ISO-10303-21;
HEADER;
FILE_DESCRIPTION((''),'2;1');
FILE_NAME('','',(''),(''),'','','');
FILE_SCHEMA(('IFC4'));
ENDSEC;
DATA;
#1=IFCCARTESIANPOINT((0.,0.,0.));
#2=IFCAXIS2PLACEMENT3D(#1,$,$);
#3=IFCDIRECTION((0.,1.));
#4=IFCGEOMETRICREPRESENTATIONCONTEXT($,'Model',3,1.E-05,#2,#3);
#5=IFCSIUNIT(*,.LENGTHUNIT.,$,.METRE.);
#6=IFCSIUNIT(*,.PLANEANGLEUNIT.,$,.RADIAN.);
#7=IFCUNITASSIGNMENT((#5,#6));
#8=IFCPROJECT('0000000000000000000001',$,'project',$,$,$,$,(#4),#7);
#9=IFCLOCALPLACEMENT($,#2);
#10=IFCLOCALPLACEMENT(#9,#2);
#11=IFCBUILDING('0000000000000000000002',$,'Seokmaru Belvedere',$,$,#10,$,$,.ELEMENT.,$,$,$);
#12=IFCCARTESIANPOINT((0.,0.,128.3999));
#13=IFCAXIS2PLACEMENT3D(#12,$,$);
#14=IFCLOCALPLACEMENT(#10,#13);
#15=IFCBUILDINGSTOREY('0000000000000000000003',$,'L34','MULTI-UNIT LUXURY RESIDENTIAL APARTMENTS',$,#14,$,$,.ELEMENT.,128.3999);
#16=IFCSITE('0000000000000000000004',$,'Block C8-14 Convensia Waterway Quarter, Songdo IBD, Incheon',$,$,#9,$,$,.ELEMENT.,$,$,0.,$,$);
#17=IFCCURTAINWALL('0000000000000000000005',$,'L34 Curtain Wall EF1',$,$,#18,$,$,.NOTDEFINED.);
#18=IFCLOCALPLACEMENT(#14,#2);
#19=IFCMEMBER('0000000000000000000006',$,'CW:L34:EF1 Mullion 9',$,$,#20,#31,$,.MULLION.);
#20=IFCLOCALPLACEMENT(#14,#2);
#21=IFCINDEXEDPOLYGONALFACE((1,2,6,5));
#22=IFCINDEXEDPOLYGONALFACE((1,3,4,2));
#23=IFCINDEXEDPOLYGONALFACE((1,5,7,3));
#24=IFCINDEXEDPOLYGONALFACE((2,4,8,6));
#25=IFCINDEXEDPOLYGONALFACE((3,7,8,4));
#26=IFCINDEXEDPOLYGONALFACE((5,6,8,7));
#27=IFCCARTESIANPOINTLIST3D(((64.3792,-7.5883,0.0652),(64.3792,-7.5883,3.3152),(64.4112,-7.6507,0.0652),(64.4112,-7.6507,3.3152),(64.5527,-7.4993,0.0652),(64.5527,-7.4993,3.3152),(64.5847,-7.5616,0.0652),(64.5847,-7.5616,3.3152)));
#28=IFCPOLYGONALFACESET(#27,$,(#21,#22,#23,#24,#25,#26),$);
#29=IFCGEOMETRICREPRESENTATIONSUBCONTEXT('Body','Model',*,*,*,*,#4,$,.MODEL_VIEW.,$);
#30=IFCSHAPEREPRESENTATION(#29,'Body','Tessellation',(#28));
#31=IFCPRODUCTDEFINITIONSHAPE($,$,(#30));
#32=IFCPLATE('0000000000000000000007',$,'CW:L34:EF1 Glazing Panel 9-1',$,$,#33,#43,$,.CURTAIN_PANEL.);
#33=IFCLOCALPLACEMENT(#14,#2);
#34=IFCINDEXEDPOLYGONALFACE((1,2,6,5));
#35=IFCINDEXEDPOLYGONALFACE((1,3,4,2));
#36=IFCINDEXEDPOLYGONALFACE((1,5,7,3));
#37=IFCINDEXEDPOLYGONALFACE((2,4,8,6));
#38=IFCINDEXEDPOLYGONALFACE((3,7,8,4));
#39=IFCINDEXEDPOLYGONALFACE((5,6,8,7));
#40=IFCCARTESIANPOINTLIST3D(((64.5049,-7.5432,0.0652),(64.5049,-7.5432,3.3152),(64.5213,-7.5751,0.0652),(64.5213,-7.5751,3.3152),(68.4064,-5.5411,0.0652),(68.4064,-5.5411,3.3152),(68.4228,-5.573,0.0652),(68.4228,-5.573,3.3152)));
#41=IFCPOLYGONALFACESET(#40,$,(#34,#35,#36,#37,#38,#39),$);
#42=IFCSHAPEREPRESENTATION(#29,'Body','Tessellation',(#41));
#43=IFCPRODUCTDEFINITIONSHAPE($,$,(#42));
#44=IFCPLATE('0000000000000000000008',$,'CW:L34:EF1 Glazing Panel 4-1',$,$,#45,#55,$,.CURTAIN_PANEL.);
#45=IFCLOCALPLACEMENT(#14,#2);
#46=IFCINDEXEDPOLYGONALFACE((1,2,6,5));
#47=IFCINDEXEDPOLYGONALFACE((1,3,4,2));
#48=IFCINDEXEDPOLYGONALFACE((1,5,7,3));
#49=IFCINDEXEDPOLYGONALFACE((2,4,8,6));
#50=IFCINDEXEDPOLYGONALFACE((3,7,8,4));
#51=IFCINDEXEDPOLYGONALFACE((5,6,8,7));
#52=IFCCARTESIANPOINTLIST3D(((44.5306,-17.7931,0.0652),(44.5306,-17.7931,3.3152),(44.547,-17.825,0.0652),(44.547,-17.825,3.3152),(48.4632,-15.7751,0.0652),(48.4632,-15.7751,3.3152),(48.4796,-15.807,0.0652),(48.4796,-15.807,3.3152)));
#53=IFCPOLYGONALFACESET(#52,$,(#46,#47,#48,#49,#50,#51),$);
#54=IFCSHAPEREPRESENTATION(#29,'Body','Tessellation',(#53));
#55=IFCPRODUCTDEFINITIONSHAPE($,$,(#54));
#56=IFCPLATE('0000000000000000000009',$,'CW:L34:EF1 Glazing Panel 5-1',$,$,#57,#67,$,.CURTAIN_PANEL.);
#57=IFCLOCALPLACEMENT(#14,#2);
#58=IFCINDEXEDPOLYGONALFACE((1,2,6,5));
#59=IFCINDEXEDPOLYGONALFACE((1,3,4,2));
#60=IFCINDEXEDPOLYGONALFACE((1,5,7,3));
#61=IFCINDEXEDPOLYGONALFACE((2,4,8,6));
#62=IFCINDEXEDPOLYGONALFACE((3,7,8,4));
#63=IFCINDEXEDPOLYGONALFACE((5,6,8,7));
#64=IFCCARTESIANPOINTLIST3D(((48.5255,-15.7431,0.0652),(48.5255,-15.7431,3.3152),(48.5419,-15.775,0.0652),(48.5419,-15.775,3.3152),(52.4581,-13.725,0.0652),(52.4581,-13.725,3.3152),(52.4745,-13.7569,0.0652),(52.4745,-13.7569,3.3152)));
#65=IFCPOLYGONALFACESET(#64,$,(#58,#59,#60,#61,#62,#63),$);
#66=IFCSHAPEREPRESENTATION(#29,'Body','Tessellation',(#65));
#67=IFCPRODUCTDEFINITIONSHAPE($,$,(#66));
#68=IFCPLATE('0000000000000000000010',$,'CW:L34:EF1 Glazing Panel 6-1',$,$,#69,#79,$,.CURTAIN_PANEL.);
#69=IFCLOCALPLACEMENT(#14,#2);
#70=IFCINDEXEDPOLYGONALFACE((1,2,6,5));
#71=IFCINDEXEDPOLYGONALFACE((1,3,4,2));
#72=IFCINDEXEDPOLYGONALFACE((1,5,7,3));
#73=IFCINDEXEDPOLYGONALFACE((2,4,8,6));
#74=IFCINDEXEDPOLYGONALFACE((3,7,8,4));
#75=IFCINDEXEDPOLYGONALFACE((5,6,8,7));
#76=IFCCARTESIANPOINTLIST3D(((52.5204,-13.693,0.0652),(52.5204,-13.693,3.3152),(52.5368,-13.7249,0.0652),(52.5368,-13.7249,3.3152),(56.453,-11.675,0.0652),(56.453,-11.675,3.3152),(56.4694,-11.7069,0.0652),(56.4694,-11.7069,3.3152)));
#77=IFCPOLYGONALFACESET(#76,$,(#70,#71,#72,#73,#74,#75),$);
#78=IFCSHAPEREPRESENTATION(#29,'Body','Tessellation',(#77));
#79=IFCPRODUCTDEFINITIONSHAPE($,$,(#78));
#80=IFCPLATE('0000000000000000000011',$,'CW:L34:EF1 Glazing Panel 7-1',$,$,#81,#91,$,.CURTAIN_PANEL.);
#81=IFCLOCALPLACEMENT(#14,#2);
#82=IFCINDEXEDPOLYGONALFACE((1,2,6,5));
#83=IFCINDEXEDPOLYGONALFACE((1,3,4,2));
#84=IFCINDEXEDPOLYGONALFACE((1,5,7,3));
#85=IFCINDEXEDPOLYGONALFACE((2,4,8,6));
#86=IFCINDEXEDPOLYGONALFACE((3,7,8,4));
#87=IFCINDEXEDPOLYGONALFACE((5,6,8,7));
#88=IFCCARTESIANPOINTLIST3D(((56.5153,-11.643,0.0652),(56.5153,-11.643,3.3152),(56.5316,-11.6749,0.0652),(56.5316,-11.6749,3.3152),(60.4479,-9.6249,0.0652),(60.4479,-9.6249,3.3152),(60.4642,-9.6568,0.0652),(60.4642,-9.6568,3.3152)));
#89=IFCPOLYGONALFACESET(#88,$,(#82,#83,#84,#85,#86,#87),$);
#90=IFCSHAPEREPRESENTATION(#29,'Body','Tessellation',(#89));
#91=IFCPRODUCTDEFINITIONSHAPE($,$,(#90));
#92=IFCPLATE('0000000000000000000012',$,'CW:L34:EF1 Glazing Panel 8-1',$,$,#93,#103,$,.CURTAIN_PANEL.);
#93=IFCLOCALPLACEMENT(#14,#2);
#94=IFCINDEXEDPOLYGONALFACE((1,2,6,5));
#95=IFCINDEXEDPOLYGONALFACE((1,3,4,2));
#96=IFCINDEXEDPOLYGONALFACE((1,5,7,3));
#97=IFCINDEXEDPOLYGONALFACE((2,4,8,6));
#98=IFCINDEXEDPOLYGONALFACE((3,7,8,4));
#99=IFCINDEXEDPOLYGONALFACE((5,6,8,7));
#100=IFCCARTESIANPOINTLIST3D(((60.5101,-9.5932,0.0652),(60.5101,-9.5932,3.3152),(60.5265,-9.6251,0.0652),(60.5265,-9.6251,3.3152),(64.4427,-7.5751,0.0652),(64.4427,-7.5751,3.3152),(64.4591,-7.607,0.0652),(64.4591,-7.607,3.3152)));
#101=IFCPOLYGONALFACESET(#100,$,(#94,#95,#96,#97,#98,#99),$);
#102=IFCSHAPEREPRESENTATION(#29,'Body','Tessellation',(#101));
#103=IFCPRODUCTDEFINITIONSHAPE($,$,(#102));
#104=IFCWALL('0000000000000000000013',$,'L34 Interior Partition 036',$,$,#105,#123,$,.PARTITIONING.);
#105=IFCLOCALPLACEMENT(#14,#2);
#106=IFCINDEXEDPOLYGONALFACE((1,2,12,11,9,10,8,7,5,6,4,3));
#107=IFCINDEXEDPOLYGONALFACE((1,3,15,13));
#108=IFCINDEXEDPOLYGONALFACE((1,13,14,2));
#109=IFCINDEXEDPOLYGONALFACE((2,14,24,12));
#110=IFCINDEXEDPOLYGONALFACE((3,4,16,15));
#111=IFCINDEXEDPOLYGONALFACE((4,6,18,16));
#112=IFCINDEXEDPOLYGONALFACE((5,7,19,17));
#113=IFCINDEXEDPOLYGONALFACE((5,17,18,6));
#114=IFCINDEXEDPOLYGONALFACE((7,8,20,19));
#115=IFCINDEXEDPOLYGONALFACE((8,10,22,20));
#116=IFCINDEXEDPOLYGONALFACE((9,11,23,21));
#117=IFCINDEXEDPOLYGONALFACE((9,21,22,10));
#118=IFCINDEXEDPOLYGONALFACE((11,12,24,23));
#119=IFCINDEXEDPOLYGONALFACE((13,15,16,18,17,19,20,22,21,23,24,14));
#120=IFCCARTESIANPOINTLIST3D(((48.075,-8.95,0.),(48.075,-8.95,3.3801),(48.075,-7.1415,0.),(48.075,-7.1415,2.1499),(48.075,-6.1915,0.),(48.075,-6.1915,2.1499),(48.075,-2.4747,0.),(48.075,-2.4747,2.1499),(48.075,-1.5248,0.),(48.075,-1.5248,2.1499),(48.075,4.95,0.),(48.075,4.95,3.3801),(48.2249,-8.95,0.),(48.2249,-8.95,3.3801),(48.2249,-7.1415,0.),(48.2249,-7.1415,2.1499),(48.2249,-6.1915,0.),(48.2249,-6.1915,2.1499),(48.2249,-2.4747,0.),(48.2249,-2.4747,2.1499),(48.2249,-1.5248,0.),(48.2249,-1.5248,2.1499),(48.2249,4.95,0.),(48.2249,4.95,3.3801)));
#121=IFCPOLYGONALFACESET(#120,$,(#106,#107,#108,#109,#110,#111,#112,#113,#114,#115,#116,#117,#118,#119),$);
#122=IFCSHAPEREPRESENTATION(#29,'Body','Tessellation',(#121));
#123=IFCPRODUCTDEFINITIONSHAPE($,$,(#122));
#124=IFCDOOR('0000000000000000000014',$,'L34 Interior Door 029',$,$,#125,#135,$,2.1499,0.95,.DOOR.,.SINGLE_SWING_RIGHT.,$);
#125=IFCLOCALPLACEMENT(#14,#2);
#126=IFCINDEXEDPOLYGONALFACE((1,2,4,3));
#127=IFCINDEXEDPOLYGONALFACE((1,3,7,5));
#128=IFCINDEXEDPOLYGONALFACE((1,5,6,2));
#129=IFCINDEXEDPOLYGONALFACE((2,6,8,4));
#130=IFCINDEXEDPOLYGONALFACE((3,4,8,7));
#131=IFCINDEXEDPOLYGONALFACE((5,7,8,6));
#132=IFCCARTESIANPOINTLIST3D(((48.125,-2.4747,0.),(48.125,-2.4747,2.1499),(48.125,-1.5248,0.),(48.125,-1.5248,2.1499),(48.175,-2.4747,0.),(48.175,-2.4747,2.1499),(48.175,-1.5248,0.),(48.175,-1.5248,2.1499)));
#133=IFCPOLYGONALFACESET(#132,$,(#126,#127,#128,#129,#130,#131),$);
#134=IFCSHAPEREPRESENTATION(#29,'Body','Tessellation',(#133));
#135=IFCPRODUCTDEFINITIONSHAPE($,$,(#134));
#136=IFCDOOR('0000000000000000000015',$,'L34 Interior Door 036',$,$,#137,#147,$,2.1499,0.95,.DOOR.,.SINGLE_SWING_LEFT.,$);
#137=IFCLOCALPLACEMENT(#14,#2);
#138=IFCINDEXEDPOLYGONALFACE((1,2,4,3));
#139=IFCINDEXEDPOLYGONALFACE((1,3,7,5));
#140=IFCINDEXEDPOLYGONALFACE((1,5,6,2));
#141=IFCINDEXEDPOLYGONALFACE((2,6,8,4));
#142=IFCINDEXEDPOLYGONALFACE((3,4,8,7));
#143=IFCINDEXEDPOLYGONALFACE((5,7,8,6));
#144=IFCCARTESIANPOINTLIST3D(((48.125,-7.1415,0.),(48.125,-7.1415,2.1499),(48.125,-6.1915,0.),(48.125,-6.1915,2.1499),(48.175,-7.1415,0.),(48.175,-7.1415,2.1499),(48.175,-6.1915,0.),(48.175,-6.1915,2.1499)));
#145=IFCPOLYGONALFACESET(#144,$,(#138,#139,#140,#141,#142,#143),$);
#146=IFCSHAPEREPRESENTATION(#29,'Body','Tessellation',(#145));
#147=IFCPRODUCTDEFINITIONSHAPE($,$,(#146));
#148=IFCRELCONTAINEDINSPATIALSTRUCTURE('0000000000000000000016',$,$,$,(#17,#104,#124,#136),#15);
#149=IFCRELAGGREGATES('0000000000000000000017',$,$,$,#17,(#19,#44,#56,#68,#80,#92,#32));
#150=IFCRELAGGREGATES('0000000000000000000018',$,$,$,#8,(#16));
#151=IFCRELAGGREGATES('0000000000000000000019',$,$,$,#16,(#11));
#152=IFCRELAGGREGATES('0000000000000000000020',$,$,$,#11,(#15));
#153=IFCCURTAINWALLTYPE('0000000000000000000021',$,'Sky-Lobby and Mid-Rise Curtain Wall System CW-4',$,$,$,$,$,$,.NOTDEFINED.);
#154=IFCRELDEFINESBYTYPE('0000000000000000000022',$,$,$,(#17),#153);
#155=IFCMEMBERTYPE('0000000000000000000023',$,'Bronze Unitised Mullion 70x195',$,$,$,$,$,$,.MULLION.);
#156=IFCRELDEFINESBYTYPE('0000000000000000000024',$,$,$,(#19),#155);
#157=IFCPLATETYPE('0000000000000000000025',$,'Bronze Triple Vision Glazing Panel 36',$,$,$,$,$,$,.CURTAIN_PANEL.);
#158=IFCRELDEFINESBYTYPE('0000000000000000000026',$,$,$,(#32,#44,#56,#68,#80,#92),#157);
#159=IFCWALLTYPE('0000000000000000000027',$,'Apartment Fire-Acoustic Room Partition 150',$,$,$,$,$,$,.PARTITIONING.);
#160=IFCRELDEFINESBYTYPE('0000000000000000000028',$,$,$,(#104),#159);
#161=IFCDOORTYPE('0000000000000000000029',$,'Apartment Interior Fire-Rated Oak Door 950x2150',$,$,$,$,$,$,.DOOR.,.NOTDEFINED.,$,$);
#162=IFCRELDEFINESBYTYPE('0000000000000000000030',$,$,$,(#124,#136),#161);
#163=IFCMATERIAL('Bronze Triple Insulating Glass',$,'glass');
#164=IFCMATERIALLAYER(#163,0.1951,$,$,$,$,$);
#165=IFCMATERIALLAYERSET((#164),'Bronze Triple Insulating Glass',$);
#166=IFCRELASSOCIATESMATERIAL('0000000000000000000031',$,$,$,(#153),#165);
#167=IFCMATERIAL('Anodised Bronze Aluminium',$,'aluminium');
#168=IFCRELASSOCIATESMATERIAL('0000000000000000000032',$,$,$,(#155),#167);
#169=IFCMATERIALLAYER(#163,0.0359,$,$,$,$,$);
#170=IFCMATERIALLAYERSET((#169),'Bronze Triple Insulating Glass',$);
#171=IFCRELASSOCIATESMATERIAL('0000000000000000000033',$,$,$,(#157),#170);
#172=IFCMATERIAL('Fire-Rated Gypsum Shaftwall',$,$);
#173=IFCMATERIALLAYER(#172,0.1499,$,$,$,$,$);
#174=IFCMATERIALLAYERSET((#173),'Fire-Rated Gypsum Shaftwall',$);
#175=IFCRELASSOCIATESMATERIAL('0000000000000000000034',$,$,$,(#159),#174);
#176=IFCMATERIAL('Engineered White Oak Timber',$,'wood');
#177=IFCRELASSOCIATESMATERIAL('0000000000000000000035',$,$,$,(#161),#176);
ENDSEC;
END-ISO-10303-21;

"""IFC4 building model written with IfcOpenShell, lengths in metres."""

from ifc_helpers import new_model, si_unit, direction, frame, frame_2d, origin, origin_2d, place, context, subcontext, project, spatial, rectangle, extrude, source, transform, mapped, material, layer, layer_set, material_profile, profile_set, type_object, type_shapes, element, fill, aggregate, save


model = new_model("IFC4")

# Units and contexts
model_context = context("Model", 3, precision=1e-05, world=origin(), true_north=direction((0.0, 1.0)))
body_context = subcontext(model_context, "Body", "Model", "MODEL_VIEW")
ifc_project = project(units=[si_unit("LENGTHUNIT", "METRE"), si_unit("PLANEANGLEUNIT", "RADIAN")], contexts=[model_context])

# Site, building, storey
site_placement = place(None, origin())
site = spatial("IfcSite", under=ifc_project, at=site_placement, Name="Block C8-14 Convensia Waterway Quarter, Songdo IBD, Incheon", CompositionType="ELEMENT", RefElevation=0.0)
building_placement = place(site_placement, origin())
building = spatial("IfcBuilding", under=site, at=building_placement, Name="Seokmaru Belvedere", CompositionType="ELEMENT")
storey_placement = place(building_placement, frame((0.0, 0.0, 128.3999)))
storey = spatial("IfcBuildingStorey", under=building, at=storey_placement, Name="L34", Description="MULTI-UNIT LUXURY RESIDENTIAL APARTMENTS", CompositionType="ELEMENT", Elevation=128.3999)

# Curtain wall, member, plates
ifc_material_1 = material(Name="Bronze Triple Insulating Glass", Category="glass")
ifc_layer_1 = layer(ifc_material_1, 0.1951)
ifc_layer_set_1 = layer_set([ifc_layer_1], Name="Bronze Triple Insulating Glass")
curtain_wall_type = type_object("IfcCurtainWallType", Name="Sky-Lobby and Mid-Rise Curtain Wall System CW-4", PredefinedType="NOTDEFINED", material=ifc_layer_set_1)
curtain_wall_placement = place(storey_placement, origin())
curtain_wall = element("IfcCurtainWall", 1, at=curtain_wall_placement, inside=storey, type_object=curtain_wall_type, Name="L34 Curtain Wall EF1", PredefinedType="NOTDEFINED")
ifc_material_2 = material(Name="Anodised Bronze Aluminium", Category="aluminium")
ifc_material_profile_1 = material_profile(ifc_material_2, rectangle(XDim=0.0701, YDim=0.1951, at=origin_2d()), Name="CW-M-70x195")
ifc_profile_set_1 = profile_set([ifc_material_profile_1], Name="Anodised Bronze Aluminium")
member_type = type_object("IfcMemberType", Name="Bronze Unitised Mullion 70x195", PredefinedType="MULLION", material=ifc_profile_set_1)
shared_shape_1 = source(origin(), body_context, "Body", "SweptSolid", [
    extrude(rectangle(XDim=0.0701, YDim=0.1951, at=origin_2d()), origin(), (0.0, 0.0, 1.0), 3.25),
])
member_1_placement = place(storey_placement, frame((64.4819, -7.575, 0.0652), z_axis=(0.0, 0.0, 1.0), x_axis=(-0.456555, 0.889695, 0.0)))
member_1 = element("IfcMember", 2, at=member_1_placement, type_object=member_type, Name="CW:L34:EF1 Mullion 9", PredefinedType="MULLION", context=body_context, shape_type="MappedRepresentation", body=[
    mapped(shared_shape_1, transform((0.0, 0.0, 0.0), scale=1.0)),
])
ifc_layer_2 = layer(ifc_material_1, 0.0359)
ifc_layer_set_2 = layer_set([ifc_layer_2], Name="Bronze Triple Insulating Glass")
plate_type = type_object("IfcPlateType", Name="Bronze Triple Vision Glazing Panel 36", PredefinedType="CURTAIN_PANEL", material=ifc_layer_set_2)
shared_shape_2 = source(origin(), body_context, "Body", "SweptSolid", [
    extrude(rectangle(XDim=4.3853, YDim=0.0359, at=origin_2d()), origin(), (0.0, 0.0, 1.0), 3.25),
])
plate_1_placement = place(storey_placement, frame((66.4639, -6.5581, 0.0652), z_axis=(0.0, 0.0, 1.0), x_axis=(0.889695, 0.456555, 0.0)))
plate_1 = element("IfcPlate", 3, at=plate_1_placement, type_object=plate_type, Name="CW:L34:EF1 Glazing Panel 9-1", PredefinedType="CURTAIN_PANEL", context=body_context, shape_type="MappedRepresentation", body=[
    mapped(shared_shape_2, transform((0.0, 0.0, 0.0), scale=1.0)),
])
shared_shape_3 = source(origin(), body_context, "Body", "SweptSolid", [
    extrude(rectangle(XDim=4.4202, YDim=0.0359, at=origin_2d()), origin(), (0.0, 0.0, 1.0), 3.25),
])
type_shapes(plate_type, [shared_shape_2, shared_shape_3])
plate_2_placement = place(storey_placement, frame((46.5051, -16.8, 0.0652), z_axis=(0.0, 0.0, 1.0), x_axis=(0.889695, 0.456555, 0.0)))
plate_2 = element("IfcPlate", 4, at=plate_2_placement, type_object=plate_type, Name="CW:L34:EF1 Glazing Panel 4-1", PredefinedType="CURTAIN_PANEL", context=body_context, shape_type="MappedRepresentation", body=[
    mapped(shared_shape_3, transform((0.0, 0.0, 0.0), scale=1.0)),
])
plate_3_placement = place(storey_placement, frame((50.5, -14.75, 0.0652), z_axis=(0.0, 0.0, 1.0), x_axis=(0.889695, 0.456555, 0.0)))
plate_3 = element("IfcPlate", 5, at=plate_3_placement, type_object=plate_type, Name="CW:L34:EF1 Glazing Panel 5-1", PredefinedType="CURTAIN_PANEL", context=body_context, shape_type="MappedRepresentation", body=[
    mapped(shared_shape_3, transform((0.0, 0.0, 0.0), scale=1.0)),
])
plate_4_placement = place(storey_placement, frame((54.4949, -12.7, 0.0652), z_axis=(0.0, 0.0, 1.0), x_axis=(0.889695, 0.456555, 0.0)))
plate_4 = element("IfcPlate", 6, at=plate_4_placement, type_object=plate_type, Name="CW:L34:EF1 Glazing Panel 6-1", PredefinedType="CURTAIN_PANEL", context=body_context, shape_type="MappedRepresentation", body=[
    mapped(shared_shape_3, transform((0.0, 0.0, 0.0), scale=1.0)),
])
plate_5_placement = place(storey_placement, frame((58.4897, -10.6499, 0.0652), z_axis=(0.0, 0.0, 1.0), x_axis=(0.889695, 0.456555, 0.0)))
plate_5 = element("IfcPlate", 7, at=plate_5_placement, type_object=plate_type, Name="CW:L34:EF1 Glazing Panel 7-1", PredefinedType="CURTAIN_PANEL", context=body_context, shape_type="MappedRepresentation", body=[
    mapped(shared_shape_3, transform((0.0, 0.0, 0.0), scale=1.0)),
])
plate_6_placement = place(storey_placement, frame((62.4846, -8.6001, 0.0652), z_axis=(0.0, 0.0, 1.0), x_axis=(0.889695, 0.456555, 0.0)))
plate_6 = element("IfcPlate", 8, at=plate_6_placement, type_object=plate_type, Name="CW:L34:EF1 Glazing Panel 8-1", PredefinedType="CURTAIN_PANEL", context=body_context, shape_type="MappedRepresentation", body=[
    mapped(shared_shape_3, transform((0.0, 0.0, 0.0), scale=1.0)),
])
aggregate(curtain_wall, [member_1, plate_2, plate_3, plate_4, plate_5, plate_6, plate_1])

# Wall, openings, doors
ifc_material_3 = material(Name="Fire-Rated Gypsum Shaftwall")
ifc_layer_3 = layer(ifc_material_3, 0.1499)
ifc_layer_set_3 = layer_set([ifc_layer_3], Name="Fire-Rated Gypsum Shaftwall")
wall_type_1 = type_object("IfcWallType", Name="Apartment Fire-Acoustic Room Partition 150", PredefinedType="PARTITIONING", material=ifc_layer_set_3)
wall_1_placement = place(storey_placement, frame((48.1499, -8.95, 0.0), z_axis=(0.0, 0.0, 1.0), x_axis=(0.0, 1.0, 0.0)))
wall_1 = element("IfcWall", 9, at=wall_1_placement, inside=storey, type_object=wall_type_1, Name="L34 Interior Partition 036", PredefinedType="PARTITIONING", context=body_context, shape_type="SweptSolid", body=[
    extrude(rectangle(XDim=13.8999, YDim=0.1499, at=frame_2d((6.95, 0.0))), origin(), (0.0, 0.0, 1.0), 3.3801),
])
opening_1_placement = place(wall_1_placement, frame((6.4751, 0.0, 0.0)))
opening_1 = element("IfcOpeningElement", 10, at=opening_1_placement, cuts=wall_1, PredefinedType="OPENING", context=body_context, shape_type="SweptSolid", body=[
    extrude(rectangle(XDim=0.95, YDim=2.1499, at=frame_2d((0.4751, 1.075))), frame((0.0, 0.085, 0.0), z_axis=(0.0, -1.0, 0.0), x_axis=(1.0, 0.0, 0.0)), (0.0, 0.0, 1.0), 0.1699),
])
opening_2_placement = place(wall_1_placement, frame((1.8083, 0.0, 0.0)))
opening_2 = element("IfcOpeningElement", 11, at=opening_2_placement, cuts=wall_1, PredefinedType="OPENING", context=body_context, shape_type="SweptSolid", body=[
    extrude(rectangle(XDim=0.95, YDim=2.1499, at=frame_2d((0.4751, 1.075))), frame((0.0, 0.085, 0.0), z_axis=(0.0, -1.0, 0.0), x_axis=(1.0, 0.0, 0.0)), (0.0, 0.0, 1.0), 0.1699),
])
ifc_material_4 = material(Name="Engineered White Oak Timber", Category="wood")
door_type = type_object("IfcDoorType", Name="Apartment Interior Fire-Rated Oak Door 950x2150", OperationType="NOTDEFINED", PredefinedType="DOOR", material=ifc_material_4)
shared_shape_4 = source(origin(), body_context, "Body", "SweptSolid", [
    extrude(rectangle(XDim=0.95, YDim=2.1499, at=frame_2d((0.4751, 1.075))), frame((0.0, 0.0249, 0.0), z_axis=(0.0, -1.0, 0.0), x_axis=(1.0, 0.0, 0.0)), (0.0, 0.0, 1.0), 0.05),
])
type_shapes(door_type, [shared_shape_4])
door_1_placement = place(opening_1_placement, origin())
door_1 = element("IfcDoor", 12, at=door_1_placement, inside=storey, type_object=door_type, Name="L34 Interior Door 029", OperationType="SINGLE_SWING_RIGHT", OverallHeight=2.1499, OverallWidth=0.95, PredefinedType="DOOR", context=body_context, shape_type="MappedRepresentation", body=[
    mapped(shared_shape_4, transform((0.0, 0.0, 0.0), scale=1.0)),
])
fill(opening_1, door_1)
door_2_placement = place(opening_2_placement, origin())
door_2 = element("IfcDoor", 13, at=door_2_placement, inside=storey, type_object=door_type, Name="L34 Interior Door 036", OperationType="SINGLE_SWING_LEFT", OverallHeight=2.1499, OverallWidth=0.95, PredefinedType="DOOR", context=body_context, shape_type="MappedRepresentation", body=[
    mapped(shared_shape_4, transform((0.0, 0.0, 0.0), scale=1.0)),
])
fill(opening_2, door_2)

save(model, "model.ifc")
